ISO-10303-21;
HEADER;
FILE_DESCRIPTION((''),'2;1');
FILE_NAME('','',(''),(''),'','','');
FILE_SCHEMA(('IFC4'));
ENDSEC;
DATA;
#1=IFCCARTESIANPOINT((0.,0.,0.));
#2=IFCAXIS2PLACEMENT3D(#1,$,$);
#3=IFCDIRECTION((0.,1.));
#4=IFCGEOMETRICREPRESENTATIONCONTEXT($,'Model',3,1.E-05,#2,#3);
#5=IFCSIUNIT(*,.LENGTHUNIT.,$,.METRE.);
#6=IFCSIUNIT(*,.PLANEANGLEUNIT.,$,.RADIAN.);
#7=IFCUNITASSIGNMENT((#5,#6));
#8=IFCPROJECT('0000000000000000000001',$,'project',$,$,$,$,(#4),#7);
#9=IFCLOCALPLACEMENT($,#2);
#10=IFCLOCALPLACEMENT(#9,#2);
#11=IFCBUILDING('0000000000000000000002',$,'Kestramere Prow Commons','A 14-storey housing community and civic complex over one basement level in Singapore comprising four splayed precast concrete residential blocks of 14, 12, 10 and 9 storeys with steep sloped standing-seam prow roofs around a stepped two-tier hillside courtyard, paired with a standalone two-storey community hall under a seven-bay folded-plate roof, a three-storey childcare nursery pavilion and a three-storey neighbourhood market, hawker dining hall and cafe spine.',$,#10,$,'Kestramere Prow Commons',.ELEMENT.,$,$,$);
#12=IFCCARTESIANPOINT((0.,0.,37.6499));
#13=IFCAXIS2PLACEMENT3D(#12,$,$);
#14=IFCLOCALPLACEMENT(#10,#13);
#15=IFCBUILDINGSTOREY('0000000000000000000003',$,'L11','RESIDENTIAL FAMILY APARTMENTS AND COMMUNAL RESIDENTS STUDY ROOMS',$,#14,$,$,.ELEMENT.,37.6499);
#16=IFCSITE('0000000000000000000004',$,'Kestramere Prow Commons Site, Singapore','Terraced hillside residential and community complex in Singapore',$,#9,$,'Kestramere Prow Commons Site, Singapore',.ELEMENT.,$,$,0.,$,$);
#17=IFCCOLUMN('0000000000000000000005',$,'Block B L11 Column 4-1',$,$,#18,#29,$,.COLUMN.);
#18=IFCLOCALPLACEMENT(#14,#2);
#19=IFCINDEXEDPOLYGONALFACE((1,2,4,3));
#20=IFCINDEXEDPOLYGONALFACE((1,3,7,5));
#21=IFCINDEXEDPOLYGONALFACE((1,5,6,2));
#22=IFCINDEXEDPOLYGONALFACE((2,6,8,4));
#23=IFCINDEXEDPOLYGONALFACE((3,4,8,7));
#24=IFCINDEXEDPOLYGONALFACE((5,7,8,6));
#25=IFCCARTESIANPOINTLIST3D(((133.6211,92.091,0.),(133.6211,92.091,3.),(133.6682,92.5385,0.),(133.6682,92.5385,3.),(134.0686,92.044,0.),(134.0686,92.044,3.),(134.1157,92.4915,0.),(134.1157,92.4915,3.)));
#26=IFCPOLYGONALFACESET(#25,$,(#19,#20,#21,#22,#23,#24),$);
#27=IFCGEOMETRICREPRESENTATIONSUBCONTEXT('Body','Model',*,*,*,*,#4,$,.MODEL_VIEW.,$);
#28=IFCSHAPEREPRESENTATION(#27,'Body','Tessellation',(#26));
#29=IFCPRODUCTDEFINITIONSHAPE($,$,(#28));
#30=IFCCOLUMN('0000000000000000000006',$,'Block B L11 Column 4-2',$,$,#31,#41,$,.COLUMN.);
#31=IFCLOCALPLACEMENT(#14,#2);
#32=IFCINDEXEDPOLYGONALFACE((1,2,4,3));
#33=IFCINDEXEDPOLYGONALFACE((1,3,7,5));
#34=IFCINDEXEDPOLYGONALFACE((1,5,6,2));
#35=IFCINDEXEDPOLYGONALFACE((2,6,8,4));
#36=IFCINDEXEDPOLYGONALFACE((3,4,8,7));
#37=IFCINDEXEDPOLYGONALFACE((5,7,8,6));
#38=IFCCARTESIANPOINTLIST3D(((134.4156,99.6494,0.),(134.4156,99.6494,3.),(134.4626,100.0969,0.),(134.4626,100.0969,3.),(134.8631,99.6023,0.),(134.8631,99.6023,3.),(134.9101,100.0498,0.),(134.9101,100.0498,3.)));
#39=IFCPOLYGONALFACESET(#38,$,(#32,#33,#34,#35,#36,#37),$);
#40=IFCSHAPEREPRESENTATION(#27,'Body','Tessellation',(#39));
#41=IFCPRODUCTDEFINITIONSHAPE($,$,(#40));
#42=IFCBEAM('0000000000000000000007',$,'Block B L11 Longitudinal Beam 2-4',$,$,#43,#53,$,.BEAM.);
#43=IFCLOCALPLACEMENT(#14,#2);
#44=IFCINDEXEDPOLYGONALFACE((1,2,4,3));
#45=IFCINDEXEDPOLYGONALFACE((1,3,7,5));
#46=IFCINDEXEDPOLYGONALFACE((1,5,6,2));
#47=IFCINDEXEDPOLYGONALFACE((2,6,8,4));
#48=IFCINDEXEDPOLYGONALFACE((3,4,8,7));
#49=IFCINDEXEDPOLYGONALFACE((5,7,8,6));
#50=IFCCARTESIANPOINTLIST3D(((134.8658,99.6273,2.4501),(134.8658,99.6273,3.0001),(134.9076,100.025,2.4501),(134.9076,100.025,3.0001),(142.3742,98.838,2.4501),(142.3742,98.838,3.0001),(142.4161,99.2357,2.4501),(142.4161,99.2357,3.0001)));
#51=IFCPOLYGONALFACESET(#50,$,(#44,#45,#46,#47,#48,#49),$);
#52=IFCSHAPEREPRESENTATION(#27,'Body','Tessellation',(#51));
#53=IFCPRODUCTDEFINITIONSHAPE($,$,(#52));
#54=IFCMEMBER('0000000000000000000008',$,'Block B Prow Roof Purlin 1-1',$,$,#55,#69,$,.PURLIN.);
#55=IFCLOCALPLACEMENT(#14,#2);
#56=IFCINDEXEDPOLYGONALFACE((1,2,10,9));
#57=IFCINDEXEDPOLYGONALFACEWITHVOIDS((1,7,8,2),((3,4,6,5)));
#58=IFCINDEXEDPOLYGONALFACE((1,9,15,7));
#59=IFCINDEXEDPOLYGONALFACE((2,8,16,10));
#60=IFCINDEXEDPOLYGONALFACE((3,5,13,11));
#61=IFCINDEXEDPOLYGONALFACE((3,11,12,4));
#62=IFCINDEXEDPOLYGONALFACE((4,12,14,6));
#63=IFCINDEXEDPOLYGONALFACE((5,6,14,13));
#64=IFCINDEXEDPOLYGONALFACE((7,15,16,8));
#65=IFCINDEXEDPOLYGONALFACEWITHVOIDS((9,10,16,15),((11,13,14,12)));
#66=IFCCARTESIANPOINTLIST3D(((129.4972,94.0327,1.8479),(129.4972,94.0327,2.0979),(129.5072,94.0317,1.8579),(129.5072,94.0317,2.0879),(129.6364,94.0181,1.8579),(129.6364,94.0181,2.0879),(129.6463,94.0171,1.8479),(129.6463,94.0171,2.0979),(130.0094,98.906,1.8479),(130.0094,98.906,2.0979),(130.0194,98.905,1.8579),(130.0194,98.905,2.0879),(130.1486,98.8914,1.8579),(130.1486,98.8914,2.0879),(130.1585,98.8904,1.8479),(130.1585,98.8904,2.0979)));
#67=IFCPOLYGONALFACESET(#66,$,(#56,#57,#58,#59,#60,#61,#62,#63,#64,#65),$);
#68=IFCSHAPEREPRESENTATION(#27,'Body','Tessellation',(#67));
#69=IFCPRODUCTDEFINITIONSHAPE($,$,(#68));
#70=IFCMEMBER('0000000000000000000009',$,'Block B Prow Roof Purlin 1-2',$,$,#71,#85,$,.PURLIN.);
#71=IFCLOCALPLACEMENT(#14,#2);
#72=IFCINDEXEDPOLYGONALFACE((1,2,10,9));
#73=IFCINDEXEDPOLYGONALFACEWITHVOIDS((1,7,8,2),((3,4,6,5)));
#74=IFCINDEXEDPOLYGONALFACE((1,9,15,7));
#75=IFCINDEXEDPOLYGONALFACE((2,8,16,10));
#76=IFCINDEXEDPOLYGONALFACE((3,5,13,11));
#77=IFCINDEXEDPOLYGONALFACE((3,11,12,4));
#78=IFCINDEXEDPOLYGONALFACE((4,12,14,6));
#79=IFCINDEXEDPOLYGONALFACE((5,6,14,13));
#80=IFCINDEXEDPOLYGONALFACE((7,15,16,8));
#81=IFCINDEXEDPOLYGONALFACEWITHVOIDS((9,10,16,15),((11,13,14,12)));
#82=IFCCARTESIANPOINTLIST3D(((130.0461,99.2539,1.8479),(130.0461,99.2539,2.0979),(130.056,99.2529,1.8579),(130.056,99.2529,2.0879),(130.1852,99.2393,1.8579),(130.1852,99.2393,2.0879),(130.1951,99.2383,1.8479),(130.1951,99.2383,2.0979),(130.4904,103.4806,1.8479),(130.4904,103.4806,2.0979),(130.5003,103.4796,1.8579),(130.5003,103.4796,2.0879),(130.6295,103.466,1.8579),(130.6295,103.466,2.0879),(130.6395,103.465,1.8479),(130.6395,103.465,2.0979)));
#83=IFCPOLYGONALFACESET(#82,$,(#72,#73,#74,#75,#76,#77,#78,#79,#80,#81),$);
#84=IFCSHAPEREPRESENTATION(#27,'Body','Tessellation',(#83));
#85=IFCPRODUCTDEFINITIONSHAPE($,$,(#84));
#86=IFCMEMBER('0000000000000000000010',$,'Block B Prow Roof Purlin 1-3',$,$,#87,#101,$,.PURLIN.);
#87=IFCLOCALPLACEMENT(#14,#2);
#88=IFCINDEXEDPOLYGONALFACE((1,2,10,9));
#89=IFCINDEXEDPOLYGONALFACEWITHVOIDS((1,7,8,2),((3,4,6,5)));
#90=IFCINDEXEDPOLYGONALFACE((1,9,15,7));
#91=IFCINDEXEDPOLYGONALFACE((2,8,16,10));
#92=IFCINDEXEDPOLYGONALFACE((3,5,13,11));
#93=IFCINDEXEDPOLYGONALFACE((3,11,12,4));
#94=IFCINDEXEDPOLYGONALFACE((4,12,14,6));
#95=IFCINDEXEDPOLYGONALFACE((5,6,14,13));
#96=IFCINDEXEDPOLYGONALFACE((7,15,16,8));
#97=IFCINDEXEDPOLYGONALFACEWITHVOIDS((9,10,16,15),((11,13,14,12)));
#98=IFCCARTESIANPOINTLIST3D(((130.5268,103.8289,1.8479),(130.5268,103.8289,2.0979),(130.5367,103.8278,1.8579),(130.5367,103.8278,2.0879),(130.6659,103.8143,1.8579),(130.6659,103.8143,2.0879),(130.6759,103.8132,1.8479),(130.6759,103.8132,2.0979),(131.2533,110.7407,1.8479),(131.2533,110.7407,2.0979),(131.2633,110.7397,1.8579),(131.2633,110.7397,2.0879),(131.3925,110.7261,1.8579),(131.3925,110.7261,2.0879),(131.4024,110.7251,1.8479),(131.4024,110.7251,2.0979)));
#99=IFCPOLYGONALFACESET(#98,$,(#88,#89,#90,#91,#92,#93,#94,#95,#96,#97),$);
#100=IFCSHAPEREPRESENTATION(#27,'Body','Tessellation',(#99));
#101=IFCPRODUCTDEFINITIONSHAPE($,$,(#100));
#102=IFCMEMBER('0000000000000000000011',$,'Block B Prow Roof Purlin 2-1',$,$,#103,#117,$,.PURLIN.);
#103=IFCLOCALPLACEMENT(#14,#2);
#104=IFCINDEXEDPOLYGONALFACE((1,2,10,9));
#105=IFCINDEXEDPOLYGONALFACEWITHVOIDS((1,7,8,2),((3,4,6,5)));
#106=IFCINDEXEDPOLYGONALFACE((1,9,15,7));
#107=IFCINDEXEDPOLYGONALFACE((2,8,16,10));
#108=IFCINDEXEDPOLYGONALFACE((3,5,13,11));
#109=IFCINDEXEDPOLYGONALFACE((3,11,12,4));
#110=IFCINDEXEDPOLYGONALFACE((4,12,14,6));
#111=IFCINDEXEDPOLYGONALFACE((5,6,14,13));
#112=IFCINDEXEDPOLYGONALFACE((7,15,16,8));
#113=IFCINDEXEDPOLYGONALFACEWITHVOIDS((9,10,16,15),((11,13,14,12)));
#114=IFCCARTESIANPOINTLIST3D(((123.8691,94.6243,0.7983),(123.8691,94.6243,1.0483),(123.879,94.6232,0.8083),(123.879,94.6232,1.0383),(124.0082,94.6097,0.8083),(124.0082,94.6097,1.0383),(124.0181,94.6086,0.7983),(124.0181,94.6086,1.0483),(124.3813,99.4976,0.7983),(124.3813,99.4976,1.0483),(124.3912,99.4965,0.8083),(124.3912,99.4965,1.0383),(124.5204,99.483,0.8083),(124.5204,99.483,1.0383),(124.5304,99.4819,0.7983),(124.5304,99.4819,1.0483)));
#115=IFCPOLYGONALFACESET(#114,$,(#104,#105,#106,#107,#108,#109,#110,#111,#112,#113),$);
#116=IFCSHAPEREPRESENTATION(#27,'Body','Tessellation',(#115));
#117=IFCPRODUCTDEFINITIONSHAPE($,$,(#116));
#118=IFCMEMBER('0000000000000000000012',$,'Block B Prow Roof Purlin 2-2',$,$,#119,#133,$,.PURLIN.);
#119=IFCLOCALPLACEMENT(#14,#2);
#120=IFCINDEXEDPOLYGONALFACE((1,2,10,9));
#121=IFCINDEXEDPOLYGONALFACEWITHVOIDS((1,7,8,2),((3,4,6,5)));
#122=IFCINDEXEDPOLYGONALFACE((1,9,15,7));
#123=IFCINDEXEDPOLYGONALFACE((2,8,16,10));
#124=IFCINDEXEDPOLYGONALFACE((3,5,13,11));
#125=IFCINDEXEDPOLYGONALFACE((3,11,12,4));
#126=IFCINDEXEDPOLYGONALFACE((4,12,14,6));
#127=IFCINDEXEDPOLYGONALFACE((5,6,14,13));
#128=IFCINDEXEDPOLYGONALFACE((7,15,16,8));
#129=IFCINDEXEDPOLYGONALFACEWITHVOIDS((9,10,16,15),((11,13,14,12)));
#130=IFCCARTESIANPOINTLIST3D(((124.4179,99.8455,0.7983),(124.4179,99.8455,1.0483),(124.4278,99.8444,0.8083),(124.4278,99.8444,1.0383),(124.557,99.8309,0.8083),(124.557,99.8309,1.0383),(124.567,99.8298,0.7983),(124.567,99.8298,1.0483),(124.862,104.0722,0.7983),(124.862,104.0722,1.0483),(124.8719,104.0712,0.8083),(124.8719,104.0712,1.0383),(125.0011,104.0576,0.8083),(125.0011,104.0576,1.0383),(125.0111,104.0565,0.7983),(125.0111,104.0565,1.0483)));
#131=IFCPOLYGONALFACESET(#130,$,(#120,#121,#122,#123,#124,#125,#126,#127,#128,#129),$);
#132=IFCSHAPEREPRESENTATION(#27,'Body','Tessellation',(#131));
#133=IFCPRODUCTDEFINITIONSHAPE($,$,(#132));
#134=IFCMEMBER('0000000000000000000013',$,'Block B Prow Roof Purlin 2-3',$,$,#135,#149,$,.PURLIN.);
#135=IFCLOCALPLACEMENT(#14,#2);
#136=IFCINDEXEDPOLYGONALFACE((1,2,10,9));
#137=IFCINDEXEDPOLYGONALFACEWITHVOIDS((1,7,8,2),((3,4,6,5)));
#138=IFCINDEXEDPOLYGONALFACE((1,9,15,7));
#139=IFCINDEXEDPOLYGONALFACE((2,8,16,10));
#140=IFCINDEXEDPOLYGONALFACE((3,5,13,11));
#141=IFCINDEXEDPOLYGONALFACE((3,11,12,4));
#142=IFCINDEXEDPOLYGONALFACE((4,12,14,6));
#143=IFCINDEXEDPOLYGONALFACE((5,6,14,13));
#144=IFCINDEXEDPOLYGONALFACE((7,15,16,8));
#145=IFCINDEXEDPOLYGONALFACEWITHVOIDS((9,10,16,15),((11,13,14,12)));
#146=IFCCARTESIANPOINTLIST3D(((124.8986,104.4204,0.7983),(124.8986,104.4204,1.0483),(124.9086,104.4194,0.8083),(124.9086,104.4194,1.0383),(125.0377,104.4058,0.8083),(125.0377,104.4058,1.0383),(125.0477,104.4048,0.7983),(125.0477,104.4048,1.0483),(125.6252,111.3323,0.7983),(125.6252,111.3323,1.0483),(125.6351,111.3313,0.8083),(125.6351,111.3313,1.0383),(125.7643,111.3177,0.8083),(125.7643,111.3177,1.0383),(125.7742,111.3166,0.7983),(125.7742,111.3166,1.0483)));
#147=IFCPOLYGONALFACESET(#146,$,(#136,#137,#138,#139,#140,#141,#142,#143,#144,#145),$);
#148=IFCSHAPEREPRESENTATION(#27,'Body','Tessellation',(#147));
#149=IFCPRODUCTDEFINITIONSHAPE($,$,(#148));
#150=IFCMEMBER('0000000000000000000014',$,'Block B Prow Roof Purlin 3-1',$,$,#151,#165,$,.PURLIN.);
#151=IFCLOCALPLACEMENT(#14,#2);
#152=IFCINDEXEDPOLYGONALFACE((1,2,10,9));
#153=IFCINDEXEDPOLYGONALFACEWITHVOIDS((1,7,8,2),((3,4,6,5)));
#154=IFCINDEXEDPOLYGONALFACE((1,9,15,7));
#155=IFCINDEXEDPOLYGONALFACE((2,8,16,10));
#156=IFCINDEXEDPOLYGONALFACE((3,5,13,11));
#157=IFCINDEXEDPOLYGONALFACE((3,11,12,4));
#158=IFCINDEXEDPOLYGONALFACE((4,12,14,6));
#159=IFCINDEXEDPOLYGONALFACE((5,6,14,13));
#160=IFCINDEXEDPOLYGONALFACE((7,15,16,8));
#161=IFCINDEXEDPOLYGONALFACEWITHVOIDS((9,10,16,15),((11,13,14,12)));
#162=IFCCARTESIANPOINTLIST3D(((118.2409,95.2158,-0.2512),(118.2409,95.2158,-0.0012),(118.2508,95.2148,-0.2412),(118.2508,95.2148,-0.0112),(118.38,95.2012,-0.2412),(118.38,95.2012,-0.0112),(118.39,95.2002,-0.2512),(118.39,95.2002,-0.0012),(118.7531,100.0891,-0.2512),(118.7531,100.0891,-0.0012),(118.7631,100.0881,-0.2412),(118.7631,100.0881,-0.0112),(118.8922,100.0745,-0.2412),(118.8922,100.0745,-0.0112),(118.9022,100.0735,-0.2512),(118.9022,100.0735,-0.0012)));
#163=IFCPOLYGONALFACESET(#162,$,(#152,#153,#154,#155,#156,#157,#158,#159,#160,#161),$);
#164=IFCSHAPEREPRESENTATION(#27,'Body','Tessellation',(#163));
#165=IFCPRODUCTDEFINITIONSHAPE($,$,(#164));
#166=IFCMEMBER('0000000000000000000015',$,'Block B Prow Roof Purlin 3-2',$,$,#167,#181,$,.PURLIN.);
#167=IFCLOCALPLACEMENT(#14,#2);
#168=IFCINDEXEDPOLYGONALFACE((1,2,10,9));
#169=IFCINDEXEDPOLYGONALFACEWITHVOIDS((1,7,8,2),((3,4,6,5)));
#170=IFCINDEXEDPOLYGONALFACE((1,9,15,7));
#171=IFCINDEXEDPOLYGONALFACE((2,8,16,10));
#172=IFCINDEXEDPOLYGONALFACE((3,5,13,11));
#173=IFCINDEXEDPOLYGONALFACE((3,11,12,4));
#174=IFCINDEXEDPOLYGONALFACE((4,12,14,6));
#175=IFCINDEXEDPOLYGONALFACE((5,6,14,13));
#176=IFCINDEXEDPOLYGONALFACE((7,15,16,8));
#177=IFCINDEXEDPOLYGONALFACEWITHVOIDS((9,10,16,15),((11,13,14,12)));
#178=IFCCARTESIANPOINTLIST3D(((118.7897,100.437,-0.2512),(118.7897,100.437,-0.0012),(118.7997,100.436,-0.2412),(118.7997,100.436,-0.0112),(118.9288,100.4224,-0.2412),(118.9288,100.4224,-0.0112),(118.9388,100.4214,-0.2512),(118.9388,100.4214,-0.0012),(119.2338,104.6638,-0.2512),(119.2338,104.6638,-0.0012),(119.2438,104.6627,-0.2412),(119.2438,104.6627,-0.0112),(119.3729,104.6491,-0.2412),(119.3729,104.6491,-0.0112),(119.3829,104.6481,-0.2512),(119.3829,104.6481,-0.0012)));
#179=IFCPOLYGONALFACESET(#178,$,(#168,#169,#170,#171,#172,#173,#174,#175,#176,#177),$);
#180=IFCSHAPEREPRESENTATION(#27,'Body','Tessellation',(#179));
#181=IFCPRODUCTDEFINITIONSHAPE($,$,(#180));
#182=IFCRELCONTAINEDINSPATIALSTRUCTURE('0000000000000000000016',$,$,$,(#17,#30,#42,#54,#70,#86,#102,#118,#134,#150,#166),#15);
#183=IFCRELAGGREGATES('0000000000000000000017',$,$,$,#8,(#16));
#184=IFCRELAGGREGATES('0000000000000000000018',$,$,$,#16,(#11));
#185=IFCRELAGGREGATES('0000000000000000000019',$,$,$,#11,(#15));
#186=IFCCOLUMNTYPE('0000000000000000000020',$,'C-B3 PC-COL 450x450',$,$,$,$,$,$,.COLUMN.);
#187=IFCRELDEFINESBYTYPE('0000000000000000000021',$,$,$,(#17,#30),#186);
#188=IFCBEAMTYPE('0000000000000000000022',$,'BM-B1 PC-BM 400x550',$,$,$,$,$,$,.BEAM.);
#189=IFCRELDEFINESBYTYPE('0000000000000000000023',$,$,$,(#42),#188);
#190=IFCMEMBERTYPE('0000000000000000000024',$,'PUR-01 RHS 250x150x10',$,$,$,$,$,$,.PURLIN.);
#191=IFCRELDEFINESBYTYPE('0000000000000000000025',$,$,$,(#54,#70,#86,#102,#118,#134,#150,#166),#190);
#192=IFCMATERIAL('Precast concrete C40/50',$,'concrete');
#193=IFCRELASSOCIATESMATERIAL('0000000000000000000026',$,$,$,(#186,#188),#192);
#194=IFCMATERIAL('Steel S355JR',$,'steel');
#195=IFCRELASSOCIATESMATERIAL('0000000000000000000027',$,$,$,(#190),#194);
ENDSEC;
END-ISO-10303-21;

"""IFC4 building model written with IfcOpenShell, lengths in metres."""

from ifc_helpers import new_model, si_unit, direction, frame, origin, origin_2d, place, context, subcontext, project, spatial, rectangle, hollow_rectangle, extrude, material, material_profile, profile_set, type_object, element, save


model = new_model("IFC4")

# Units and contexts
model_context = context("Model", 3, precision=1e-05, world=origin(), true_north=direction((0.0, 1.0)))
body_context = subcontext(model_context, "Body", "Model", "MODEL_VIEW")
ifc_project = project(units=[si_unit("LENGTHUNIT", "METRE"), si_unit("PLANEANGLEUNIT", "RADIAN")], contexts=[model_context])

# Site, building, storey
site_placement = place(None, origin())
site = spatial("IfcSite", under=ifc_project, at=site_placement, Name="Kestramere Prow Commons Site, Singapore", Description="Terraced hillside residential and community complex in Singapore", LongName="Kestramere Prow Commons Site, Singapore", CompositionType="ELEMENT", RefElevation=0.0)
building_placement = place(site_placement, origin())
building = spatial("IfcBuilding", under=site, at=building_placement, Name="Kestramere Prow Commons", Description="A 14-storey housing community and civic complex over one basement level in Singapore comprising four splayed precast concrete residential blocks of 14, 12, 10 and 9 storeys with steep sloped standing-seam prow roofs around a stepped two-tier hillside courtyard, paired with a standalone two-storey community hall under a seven-bay folded-plate roof, a three-storey childcare nursery pavilion and a three-storey neighbourhood market, hawker dining hall and cafe spine.", LongName="Kestramere Prow Commons", CompositionType="ELEMENT")
storey_placement = place(building_placement, frame((0.0, 0.0, 37.6499)))
storey = spatial("IfcBuildingStorey", under=building, at=storey_placement, Name="L11", Description="RESIDENTIAL FAMILY APARTMENTS AND COMMUNAL RESIDENTS STUDY ROOMS", CompositionType="ELEMENT", Elevation=37.6499)

# Columns
ifc_material_1 = material(Name="Precast concrete C40/50", Category="concrete")
ifc_material_profile_1 = material_profile(ifc_material_1, rectangle(XDim=0.45, YDim=0.45, at=origin_2d()), Name="PC-COL 450x450")
ifc_profile_set_1 = profile_set([ifc_material_profile_1], Name="Precast concrete C40/50")
column_type = type_object("IfcColumnType", Name="C-B3 PC-COL 450x450", PredefinedType="COLUMN", material=ifc_profile_set_1)
for number, where, z_axis, x_axis, name in (
    (1, (133.8684, 92.2913, 0.0), (0.0, 0.0, 1.0), (0.994522, -0.104528, 0.0), "Block B L11 Column 4-1"),
    (2, (134.6628, 99.8496, 0.0), (0.0, 0.0, 1.0), (0.994522, -0.104528, 0.0), "Block B L11 Column 4-2"),
):
    element("IfcColumn", number, at=place(storey_placement, frame(where, z_axis=z_axis, x_axis=x_axis)), inside=storey, type_object=column_type, Name=name, PredefinedType="COLUMN", context=body_context, shape_type="SweptSolid", body=[
        extrude(rectangle(XDim=0.45, YDim=0.45, at=origin_2d()), origin(), (0.0, 0.0, 1.0), 3.0),
    ])

# Beam
ifc_material_profile_2 = material_profile(ifc_material_1, rectangle(XDim=0.3999, YDim=0.55, at=origin_2d()), Name="PC-BM 400x550")
ifc_profile_set_2 = profile_set([ifc_material_profile_2], Name="Precast concrete C40/50")
beam_type_1 = type_object("IfcBeamType", Name="BM-B1 PC-BM 400x550", PredefinedType="BEAM", material=ifc_profile_set_2)
beam_1_placement = place(storey_placement, frame((134.8867, 99.8262, 2.7251), z_axis=(0.99452, -0.104545, 0.0), x_axis=(0.104545, 0.99452, 0.0)))
element("IfcBeam", 3, at=beam_1_placement, inside=storey, type_object=beam_type_1, Name="Block B L11 Longitudinal Beam 2-4", PredefinedType="BEAM", context=body_context, shape_type="SweptSolid", body=[
    extrude(rectangle(XDim=0.3999, YDim=0.55, at=origin_2d()), origin(), (0.0, 0.0, 1.0), 7.5498),
])

# Members
ifc_material_2 = material(Name="Steel S355JR", Category="steel")
ifc_material_profile_3 = material_profile(ifc_material_2, hollow_rectangle(XDim=0.1499, YDim=0.25, WallThickness=0.01, at=origin_2d()), Name="RHS 250x150x10")
ifc_profile_set_3 = profile_set([ifc_material_profile_3], Name="Steel S355JR")
member_type = type_object("IfcMemberType", Name="PUR-01 RHS 250x150x10", PredefinedType="PURLIN", material=ifc_profile_set_3)
member_1_placement = place(storey_placement, frame((129.5718, 94.0249, 1.9729), z_axis=(0.104529, 0.994522, 0.0), x_axis=(-0.994522, 0.104529, 0.0)))
element("IfcMember", 4, at=member_1_placement, inside=storey, type_object=member_type, Name="Block B Prow Roof Purlin 1-1", PredefinedType="PURLIN", context=body_context, shape_type="SweptSolid", body=[
    extrude(hollow_rectangle(XDim=0.1499, YDim=0.25, WallThickness=0.01, at=origin_2d()), origin(), (0.0, 0.0, 1.0), 4.9001),
])
member_2_placement = place(storey_placement, frame((130.1206, 99.2461, 1.9729), z_axis=(0.104547, 0.99452, 0.0), x_axis=(-0.99452, 0.104547, 0.0)))
element("IfcMember", 5, at=member_2_placement, inside=storey, type_object=member_type, Name="Block B Prow Roof Purlin 1-2", PredefinedType="PURLIN", context=body_context, shape_type="SweptSolid", body=[
    extrude(hollow_rectangle(XDim=0.1499, YDim=0.25, WallThickness=0.01, at=origin_2d()), origin(), (0.0, 0.0, 1.0), 4.25),
])
member_3_placement = place(storey_placement, frame((130.6013, 103.821, 1.9729), z_axis=(0.104542, 0.99452, 0.0), x_axis=(-0.99452, 0.104542, 0.0)))
element("IfcMember", 6, at=member_3_placement, inside=storey, type_object=member_type, Name="Block B Prow Roof Purlin 1-3", PredefinedType="PURLIN", context=body_context, shape_type="SweptSolid", body=[
    extrude(hollow_rectangle(XDim=0.1499, YDim=0.25, WallThickness=0.01, at=origin_2d()), origin(), (0.0, 0.0, 1.0), 6.95),
])
member_4_placement = place(storey_placement, frame((123.9436, 94.6165, 0.9233), z_axis=(0.104529, 0.994522, 0.0), x_axis=(-0.994522, 0.104529, 0.0)))
element("IfcMember", 7, at=member_4_placement, inside=storey, type_object=member_type, Name="Block B Prow Roof Purlin 2-1", PredefinedType="PURLIN", context=body_context, shape_type="SweptSolid", body=[
    extrude(hollow_rectangle(XDim=0.1499, YDim=0.25, WallThickness=0.01, at=origin_2d()), origin(), (0.0, 0.0, 1.0), 4.9001),
])
member_5_placement = place(storey_placement, frame((124.4924, 99.8376, 0.9233), z_axis=(0.10449, 0.994526, 0.0), x_axis=(-0.994526, 0.10449, 0.0)))
element("IfcMember", 8, at=member_5_placement, inside=storey, type_object=member_type, Name="Block B Prow Roof Purlin 2-2", PredefinedType="PURLIN", context=body_context, shape_type="SweptSolid", body=[
    extrude(hollow_rectangle(XDim=0.1499, YDim=0.25, WallThickness=0.01, at=origin_2d()), origin(), (0.0, 0.0, 1.0), 4.25),
])
member_6_placement = place(storey_placement, frame((124.9731, 104.4126, 0.9233), z_axis=(0.104542, 0.99452, 0.0), x_axis=(-0.99452, 0.104542, 0.0)))
element("IfcMember", 9, at=member_6_placement, inside=storey, type_object=member_type, Name="Block B Prow Roof Purlin 2-3", PredefinedType="PURLIN", context=body_context, shape_type="SweptSolid", body=[
    extrude(hollow_rectangle(XDim=0.1499, YDim=0.25, WallThickness=0.01, at=origin_2d()), origin(), (0.0, 0.0, 1.0), 6.95),
])
member_7_placement = place(storey_placement, frame((118.3154, 95.208, -0.1262), z_axis=(0.104529, 0.994522, 0.0), x_axis=(-0.994522, 0.104529, 0.0)))
element("IfcMember", 10, at=member_7_placement, inside=storey, type_object=member_type, Name="Block B Prow Roof Purlin 3-1", PredefinedType="PURLIN", context=body_context, shape_type="SweptSolid", body=[
    extrude(hollow_rectangle(XDim=0.1499, YDim=0.25, WallThickness=0.01, at=origin_2d()), origin(), (0.0, 0.0, 1.0), 4.9001),
])
member_8_placement = place(storey_placement, frame((118.8643, 100.4292, -0.1262), z_axis=(0.10449, 0.994526, 0.0), x_axis=(-0.994526, 0.10449, 0.0)))
element("IfcMember", 11, at=member_8_placement, inside=storey, type_object=member_type, Name="Block B Prow Roof Purlin 3-2", PredefinedType="PURLIN", context=body_context, shape_type="SweptSolid", body=[
    extrude(hollow_rectangle(XDim=0.1499, YDim=0.25, WallThickness=0.01, at=origin_2d()), origin(), (0.0, 0.0, 1.0), 4.25),
])

save(model, "model.ifc")
